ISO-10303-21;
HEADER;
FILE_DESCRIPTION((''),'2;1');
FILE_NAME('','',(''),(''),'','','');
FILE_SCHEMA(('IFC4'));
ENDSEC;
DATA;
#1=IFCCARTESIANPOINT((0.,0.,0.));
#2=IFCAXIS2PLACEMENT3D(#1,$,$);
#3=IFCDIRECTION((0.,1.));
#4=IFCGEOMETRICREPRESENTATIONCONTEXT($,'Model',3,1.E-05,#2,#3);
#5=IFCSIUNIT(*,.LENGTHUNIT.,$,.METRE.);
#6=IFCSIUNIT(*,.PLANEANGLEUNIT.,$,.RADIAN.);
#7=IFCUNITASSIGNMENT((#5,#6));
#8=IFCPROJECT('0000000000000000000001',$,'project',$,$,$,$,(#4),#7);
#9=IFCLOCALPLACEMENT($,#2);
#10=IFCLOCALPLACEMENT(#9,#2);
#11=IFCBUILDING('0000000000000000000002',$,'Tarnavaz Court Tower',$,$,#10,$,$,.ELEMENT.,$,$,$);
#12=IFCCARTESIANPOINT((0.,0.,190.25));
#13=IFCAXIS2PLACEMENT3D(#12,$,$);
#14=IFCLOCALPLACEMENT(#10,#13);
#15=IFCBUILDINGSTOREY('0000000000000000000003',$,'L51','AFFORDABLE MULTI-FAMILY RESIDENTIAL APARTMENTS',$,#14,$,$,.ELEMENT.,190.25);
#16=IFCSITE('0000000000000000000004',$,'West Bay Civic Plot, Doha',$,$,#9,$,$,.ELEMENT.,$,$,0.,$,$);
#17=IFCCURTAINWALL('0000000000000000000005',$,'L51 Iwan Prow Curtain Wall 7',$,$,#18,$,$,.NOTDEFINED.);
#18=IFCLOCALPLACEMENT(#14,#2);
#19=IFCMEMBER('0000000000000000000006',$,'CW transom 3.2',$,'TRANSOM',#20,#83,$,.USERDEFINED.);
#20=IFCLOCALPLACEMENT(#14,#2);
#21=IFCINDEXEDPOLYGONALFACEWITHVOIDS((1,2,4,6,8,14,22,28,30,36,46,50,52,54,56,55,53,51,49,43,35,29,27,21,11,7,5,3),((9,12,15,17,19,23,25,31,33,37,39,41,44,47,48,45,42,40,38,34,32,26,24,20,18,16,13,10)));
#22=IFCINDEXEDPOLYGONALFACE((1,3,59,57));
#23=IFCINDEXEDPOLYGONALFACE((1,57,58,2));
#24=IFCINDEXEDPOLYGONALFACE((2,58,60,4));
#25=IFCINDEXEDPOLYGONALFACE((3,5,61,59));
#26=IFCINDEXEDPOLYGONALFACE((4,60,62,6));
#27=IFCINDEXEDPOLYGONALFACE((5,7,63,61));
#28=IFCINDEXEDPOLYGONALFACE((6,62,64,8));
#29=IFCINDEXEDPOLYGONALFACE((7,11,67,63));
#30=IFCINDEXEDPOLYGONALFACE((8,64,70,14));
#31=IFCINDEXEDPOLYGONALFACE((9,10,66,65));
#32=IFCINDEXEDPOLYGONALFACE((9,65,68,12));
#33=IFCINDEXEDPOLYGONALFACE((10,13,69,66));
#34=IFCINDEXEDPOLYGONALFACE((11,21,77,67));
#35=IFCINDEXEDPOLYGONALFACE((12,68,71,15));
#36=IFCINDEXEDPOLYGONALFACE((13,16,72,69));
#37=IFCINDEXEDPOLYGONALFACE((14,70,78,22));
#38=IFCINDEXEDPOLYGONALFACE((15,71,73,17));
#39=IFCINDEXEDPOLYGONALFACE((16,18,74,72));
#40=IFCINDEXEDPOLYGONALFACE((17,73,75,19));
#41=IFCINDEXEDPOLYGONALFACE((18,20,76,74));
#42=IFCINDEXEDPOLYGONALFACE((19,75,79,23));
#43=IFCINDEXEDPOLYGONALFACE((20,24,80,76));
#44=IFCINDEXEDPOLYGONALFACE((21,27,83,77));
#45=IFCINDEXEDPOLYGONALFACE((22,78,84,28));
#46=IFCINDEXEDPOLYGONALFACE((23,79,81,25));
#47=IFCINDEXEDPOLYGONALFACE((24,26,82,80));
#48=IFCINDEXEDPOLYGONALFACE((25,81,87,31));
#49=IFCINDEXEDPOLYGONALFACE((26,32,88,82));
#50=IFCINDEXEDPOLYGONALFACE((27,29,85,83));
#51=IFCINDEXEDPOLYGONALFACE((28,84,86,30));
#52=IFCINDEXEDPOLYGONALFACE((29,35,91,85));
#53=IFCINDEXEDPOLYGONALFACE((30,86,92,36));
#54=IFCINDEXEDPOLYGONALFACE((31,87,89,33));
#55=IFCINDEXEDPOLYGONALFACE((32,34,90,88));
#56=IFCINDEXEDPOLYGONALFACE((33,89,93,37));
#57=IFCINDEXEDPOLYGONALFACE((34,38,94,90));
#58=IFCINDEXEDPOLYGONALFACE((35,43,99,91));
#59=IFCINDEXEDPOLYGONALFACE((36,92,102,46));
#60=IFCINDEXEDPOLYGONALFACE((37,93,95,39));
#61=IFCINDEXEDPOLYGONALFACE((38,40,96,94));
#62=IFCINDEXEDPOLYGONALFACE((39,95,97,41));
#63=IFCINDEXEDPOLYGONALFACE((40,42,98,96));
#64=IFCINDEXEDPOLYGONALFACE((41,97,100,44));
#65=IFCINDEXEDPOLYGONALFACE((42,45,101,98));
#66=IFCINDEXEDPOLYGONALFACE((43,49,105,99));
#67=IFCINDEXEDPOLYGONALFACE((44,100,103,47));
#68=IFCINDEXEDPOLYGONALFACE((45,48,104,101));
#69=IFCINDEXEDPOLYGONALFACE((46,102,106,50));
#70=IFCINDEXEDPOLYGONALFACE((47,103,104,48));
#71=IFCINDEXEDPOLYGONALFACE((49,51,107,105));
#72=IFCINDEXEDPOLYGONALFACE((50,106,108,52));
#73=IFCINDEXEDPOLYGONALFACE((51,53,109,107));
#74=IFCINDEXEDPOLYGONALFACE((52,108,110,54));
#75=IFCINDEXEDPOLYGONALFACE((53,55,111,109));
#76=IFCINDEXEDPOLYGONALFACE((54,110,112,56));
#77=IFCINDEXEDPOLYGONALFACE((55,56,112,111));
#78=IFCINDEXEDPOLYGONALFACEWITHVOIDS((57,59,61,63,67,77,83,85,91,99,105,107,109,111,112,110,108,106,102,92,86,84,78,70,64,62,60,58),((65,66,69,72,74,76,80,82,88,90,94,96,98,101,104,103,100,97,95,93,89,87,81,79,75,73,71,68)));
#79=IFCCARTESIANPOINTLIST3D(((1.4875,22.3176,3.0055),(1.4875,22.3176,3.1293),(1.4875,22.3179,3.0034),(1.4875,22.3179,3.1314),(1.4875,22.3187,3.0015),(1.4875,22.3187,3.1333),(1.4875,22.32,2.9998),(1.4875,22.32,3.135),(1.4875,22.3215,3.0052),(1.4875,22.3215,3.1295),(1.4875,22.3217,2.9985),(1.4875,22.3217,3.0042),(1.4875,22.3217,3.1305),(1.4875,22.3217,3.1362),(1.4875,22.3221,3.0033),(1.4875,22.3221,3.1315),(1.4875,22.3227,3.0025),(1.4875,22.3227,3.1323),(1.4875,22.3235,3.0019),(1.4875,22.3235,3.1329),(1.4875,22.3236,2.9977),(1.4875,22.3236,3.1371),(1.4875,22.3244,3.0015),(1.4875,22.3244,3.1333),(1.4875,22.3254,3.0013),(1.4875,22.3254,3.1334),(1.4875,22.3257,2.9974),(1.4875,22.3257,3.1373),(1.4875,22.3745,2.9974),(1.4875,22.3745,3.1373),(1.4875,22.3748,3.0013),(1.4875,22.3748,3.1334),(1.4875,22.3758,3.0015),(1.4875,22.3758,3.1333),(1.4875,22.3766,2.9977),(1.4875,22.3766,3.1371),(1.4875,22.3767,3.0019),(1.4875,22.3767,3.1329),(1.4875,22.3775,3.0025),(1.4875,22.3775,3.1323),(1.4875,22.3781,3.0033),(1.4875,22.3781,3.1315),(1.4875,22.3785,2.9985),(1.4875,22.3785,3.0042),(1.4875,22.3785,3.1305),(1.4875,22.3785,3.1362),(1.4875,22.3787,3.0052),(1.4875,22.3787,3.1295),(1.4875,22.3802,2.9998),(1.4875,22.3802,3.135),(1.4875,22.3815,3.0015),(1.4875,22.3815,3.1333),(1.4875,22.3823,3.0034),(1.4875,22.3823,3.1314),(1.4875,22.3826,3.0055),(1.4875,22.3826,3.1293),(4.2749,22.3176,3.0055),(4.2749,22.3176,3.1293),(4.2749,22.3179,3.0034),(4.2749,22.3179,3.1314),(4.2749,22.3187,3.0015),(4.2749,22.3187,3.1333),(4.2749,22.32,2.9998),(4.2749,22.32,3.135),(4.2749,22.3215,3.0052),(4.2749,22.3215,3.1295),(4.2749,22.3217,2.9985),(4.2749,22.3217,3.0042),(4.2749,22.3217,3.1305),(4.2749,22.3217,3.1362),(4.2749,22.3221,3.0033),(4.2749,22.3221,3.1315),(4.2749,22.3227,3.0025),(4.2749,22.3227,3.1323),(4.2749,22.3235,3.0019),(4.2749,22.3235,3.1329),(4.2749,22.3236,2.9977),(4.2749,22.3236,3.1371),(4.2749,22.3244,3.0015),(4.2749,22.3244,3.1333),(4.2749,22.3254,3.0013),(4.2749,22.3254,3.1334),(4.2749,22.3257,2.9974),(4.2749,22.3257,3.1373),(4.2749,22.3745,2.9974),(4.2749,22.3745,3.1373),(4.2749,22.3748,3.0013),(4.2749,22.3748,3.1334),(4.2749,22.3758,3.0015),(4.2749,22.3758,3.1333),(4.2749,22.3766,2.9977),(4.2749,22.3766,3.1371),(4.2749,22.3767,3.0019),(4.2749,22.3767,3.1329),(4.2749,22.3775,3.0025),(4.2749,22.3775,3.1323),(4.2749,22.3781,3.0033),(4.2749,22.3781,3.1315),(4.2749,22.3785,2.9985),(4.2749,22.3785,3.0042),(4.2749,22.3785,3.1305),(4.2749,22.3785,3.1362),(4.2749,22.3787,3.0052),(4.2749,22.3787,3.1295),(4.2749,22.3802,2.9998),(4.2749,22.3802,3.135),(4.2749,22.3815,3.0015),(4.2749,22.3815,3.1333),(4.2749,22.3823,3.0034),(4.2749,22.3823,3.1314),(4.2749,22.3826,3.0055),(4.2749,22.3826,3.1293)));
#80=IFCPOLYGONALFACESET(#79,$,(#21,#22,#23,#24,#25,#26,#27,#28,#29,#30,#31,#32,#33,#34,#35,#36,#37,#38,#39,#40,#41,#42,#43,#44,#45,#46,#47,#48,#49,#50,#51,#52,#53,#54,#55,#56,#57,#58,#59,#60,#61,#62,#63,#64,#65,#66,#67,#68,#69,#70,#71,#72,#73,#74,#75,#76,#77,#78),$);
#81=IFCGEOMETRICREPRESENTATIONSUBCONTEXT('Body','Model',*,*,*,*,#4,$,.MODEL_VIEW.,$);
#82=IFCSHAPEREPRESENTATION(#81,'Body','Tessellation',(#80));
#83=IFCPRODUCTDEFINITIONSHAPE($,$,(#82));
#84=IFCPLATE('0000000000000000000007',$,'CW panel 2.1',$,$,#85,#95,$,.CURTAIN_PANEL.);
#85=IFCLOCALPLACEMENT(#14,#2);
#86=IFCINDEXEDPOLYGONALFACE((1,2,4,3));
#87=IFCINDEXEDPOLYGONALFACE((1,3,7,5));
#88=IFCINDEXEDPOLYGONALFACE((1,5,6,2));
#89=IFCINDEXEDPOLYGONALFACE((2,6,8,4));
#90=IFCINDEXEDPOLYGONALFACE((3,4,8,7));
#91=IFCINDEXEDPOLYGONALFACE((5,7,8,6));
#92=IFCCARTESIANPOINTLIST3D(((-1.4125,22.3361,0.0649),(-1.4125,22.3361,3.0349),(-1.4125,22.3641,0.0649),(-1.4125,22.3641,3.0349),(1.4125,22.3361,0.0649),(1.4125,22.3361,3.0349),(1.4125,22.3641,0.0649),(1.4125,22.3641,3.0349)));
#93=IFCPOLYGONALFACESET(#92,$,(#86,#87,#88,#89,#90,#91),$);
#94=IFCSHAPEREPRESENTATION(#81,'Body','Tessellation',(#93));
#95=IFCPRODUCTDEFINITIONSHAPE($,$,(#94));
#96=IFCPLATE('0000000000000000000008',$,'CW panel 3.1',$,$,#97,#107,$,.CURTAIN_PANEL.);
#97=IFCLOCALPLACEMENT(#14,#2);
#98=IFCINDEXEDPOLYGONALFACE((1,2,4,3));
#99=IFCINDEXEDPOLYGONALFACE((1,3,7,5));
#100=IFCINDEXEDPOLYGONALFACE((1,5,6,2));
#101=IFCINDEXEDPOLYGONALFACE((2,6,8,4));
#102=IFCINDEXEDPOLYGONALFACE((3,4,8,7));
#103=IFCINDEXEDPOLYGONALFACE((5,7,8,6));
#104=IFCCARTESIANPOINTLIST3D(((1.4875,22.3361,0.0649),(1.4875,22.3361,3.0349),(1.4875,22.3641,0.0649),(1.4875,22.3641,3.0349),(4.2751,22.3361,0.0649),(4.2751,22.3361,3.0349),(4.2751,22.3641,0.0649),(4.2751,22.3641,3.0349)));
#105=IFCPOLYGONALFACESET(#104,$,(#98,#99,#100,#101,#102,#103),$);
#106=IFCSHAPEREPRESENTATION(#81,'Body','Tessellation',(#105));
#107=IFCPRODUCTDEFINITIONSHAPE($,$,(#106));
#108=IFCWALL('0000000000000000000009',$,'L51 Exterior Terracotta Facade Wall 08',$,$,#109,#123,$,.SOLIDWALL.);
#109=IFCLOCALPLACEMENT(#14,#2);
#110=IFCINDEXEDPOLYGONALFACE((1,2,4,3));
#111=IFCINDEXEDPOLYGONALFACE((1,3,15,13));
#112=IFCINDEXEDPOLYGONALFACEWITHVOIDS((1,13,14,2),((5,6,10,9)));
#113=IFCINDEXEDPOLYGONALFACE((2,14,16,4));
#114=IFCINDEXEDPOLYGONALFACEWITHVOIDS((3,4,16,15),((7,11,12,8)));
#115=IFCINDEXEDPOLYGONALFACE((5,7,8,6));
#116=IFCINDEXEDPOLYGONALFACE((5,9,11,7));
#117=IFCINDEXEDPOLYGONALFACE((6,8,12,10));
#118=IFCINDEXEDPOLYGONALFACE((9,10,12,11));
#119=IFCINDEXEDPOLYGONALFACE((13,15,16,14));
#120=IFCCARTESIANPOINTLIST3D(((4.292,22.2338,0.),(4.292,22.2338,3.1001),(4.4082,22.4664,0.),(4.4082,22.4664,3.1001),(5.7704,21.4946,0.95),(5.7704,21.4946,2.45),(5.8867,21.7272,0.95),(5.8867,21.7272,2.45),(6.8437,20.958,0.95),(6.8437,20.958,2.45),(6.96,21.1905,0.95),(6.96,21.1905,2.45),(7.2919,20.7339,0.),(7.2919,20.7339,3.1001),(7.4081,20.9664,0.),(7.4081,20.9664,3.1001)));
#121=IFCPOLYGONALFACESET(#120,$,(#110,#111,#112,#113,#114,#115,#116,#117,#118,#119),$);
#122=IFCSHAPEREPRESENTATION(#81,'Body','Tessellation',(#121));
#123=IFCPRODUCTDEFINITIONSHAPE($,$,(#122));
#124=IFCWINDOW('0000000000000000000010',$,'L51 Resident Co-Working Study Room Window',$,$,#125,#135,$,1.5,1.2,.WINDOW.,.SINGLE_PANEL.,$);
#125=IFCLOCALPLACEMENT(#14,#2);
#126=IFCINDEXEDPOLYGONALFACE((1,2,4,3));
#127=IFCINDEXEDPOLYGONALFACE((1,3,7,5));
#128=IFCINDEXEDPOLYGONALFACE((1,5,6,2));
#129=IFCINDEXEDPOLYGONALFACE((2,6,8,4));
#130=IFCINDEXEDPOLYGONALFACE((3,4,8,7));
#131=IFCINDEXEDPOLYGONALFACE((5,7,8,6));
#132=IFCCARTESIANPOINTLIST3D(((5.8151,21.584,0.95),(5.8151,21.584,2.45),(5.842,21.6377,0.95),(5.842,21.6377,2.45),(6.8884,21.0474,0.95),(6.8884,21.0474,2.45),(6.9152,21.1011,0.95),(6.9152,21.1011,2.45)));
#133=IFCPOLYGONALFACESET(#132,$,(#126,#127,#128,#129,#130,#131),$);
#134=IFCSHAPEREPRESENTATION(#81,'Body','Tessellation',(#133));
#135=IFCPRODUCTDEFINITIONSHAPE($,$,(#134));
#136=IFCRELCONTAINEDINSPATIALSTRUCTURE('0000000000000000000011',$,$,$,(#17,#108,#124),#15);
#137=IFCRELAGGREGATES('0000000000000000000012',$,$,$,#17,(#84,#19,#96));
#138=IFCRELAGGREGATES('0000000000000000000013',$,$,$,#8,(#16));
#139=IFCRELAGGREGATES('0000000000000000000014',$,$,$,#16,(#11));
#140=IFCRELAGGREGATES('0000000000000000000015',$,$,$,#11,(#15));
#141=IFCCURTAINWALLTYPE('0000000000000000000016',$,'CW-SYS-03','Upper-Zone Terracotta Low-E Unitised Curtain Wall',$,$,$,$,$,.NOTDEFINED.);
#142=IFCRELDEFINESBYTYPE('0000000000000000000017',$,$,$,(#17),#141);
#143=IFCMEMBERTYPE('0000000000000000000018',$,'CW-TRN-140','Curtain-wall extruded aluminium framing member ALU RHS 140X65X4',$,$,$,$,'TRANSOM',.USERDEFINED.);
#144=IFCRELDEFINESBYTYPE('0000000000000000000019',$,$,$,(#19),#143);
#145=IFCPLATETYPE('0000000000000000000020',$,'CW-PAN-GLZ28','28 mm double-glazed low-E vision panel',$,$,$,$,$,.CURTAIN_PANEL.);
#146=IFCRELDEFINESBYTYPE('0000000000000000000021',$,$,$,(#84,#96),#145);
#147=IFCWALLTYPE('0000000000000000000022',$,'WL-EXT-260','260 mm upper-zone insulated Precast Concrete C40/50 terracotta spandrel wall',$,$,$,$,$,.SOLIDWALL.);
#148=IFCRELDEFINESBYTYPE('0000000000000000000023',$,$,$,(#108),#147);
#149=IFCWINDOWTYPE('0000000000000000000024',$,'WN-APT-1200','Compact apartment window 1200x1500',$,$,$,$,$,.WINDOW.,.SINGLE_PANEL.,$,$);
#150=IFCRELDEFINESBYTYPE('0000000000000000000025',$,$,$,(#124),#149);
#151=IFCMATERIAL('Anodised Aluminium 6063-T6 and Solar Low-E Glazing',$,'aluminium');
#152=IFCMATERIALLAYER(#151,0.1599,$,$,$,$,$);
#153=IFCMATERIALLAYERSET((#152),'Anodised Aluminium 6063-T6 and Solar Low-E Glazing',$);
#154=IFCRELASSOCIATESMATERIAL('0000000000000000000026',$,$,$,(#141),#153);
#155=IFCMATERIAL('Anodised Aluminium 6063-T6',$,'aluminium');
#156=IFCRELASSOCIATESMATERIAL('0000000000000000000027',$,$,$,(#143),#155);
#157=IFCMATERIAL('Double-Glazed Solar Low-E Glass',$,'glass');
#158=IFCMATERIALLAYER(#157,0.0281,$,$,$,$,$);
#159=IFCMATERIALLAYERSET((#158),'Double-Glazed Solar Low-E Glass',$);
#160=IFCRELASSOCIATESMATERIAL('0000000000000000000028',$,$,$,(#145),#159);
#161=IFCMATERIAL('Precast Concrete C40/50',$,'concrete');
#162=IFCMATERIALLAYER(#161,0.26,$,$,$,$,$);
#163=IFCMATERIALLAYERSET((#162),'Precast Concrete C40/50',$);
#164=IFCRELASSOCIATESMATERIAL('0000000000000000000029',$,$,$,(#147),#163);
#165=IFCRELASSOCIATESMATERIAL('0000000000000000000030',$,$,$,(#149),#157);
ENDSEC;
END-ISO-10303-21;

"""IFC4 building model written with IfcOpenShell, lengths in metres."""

from ifc_helpers import new_model, si_unit, direction, frame, frame_2d, origin, origin_2d, place, context, subcontext, project, spatial, rectangle, hollow_rectangle, extrude, material, layer, layer_set, material_profile, profile_set, type_object, element, fill, aggregate, save


model = new_model("IFC4")

# Units and contexts
model_context = context("Model", 3, precision=1e-05, world=origin(), true_north=direction((0.0, 1.0)))
body_context = subcontext(model_context, "Body", "Model", "MODEL_VIEW")
ifc_project = project(units=[si_unit("LENGTHUNIT", "METRE"), si_unit("PLANEANGLEUNIT", "RADIAN")], contexts=[model_context])

# Site, building, storey
site_placement = place(None, origin())
site = spatial("IfcSite", under=ifc_project, at=site_placement, Name="West Bay Civic Plot, Doha", CompositionType="ELEMENT", RefElevation=0.0)
building_placement = place(site_placement, origin())
building = spatial("IfcBuilding", under=site, at=building_placement, Name="Tarnavaz Court Tower", CompositionType="ELEMENT")
storey_placement = place(building_placement, frame((0.0, 0.0, 190.25)))
storey = spatial("IfcBuildingStorey", under=building, at=storey_placement, Name="L51", Description="AFFORDABLE MULTI-FAMILY RESIDENTIAL APARTMENTS", CompositionType="ELEMENT", Elevation=190.25)

# Curtain wall, member, plates
ifc_material_1 = material(Name="Anodised Aluminium 6063-T6 and Solar Low-E Glazing", Category="aluminium")
ifc_layer_1 = layer(ifc_material_1, 0.1599)
ifc_layer_set_1 = layer_set([ifc_layer_1], Name="Anodised Aluminium 6063-T6 and Solar Low-E Glazing")
curtain_wall_type = type_object("IfcCurtainWallType", Name="CW-SYS-03", Description="Upper-Zone Terracotta Low-E Unitised Curtain Wall", PredefinedType="NOTDEFINED", material=ifc_layer_set_1)
curtain_wall_placement = place(storey_placement, origin())
curtain_wall = element("IfcCurtainWall", 1, at=curtain_wall_placement, inside=storey, type_object=curtain_wall_type, Name="L51 Iwan Prow Curtain Wall 7", PredefinedType="NOTDEFINED")
ifc_material_2 = material(Name="Anodised Aluminium 6063-T6", Category="aluminium")
ifc_material_profile_1 = material_profile(ifc_material_2, hollow_rectangle(XDim=0.0649, YDim=0.1399, WallThickness=0.0039, InnerFilletRadius=0.0039, OuterFilletRadius=0.0081, at=origin_2d()), Name="ALU RHS 140X65X4")
ifc_profile_set_1 = profile_set([ifc_material_profile_1], Name="Anodised Aluminium 6063-T6")
member_type_1 = type_object("IfcMemberType", Name="CW-TRN-140", Description="Curtain-wall extruded aluminium framing member ALU RHS 140X65X4", ElementType="TRANSOM", PredefinedType="USERDEFINED", material=ifc_profile_set_1)
member_1_placement = place(storey_placement, frame((1.4875, 22.3501, 3.0674), z_axis=(1.0, 0.0, 0.0), x_axis=(0.0, 1.0, 0.0)))
member_1 = element("IfcMember", 2, at=member_1_placement, type_object=member_type_1, Name="CW transom 3.2", ObjectType="TRANSOM", PredefinedType="USERDEFINED", context=body_context, shape_type="SweptSolid", body=[
    extrude(hollow_rectangle(XDim=0.0649, YDim=0.1399, WallThickness=0.0039, InnerFilletRadius=0.0039, OuterFilletRadius=0.0081, at=origin_2d()), origin(), (0.0, 0.0, 1.0), 2.7874),
])
ifc_material_3 = material(Name="Double-Glazed Solar Low-E Glass", Category="glass")
ifc_layer_2 = layer(ifc_material_3, 0.0281)
ifc_layer_set_2 = layer_set([ifc_layer_2], Name="Double-Glazed Solar Low-E Glass")
plate_type = type_object("IfcPlateType", Name="CW-PAN-GLZ28", Description="28 mm double-glazed low-E vision panel", PredefinedType="CURTAIN_PANEL", material=ifc_layer_set_2)
plate_1_placement = place(storey_placement, frame((0.0, 22.3501, 0.0649), z_axis=(0.0, 0.0, 1.0), x_axis=(1.0, 0.0, 0.0)))
plate_1 = element("IfcPlate", 3, at=plate_1_placement, type_object=plate_type, Name="CW panel 2.1", PredefinedType="CURTAIN_PANEL", context=body_context, shape_type="SweptSolid", body=[
    extrude(rectangle(XDim=2.825, YDim=0.0281, at=origin_2d()), origin(), (0.0, 0.0, 1.0), 2.97),
])
plate_2_placement = place(storey_placement, frame((2.8813, 22.3501, 0.0649), z_axis=(0.0, 0.0, 1.0), x_axis=(1.0, 0.0, 0.0)))
plate_2 = element("IfcPlate", 4, at=plate_2_placement, type_object=plate_type, Name="CW panel 3.1", PredefinedType="CURTAIN_PANEL", context=body_context, shape_type="SweptSolid", body=[
    extrude(rectangle(XDim=2.7876, YDim=0.0281, at=origin_2d()), origin(), (0.0, 0.0, 1.0), 2.97),
])
aggregate(curtain_wall, [plate_1, member_1, plate_2])

# Wall, opening, window
ifc_material_4 = material(Name="Precast Concrete C40/50", Category="concrete")
ifc_layer_3 = layer(ifc_material_4, 0.26)
ifc_layer_set_3 = layer_set([ifc_layer_3], Name="Precast Concrete C40/50")
wall_type = type_object("IfcWallType", Name="WL-EXT-260", Description="260 mm upper-zone insulated Precast Concrete C40/50 terracotta spandrel wall", PredefinedType="SOLIDWALL", material=ifc_layer_set_3)
wall_1_placement = place(storey_placement, frame((4.3501, 22.3501, 0.0), z_axis=(0.0, 0.0, 1.0), x_axis=(0.894427, -0.447214, 0.0)))
wall_1 = element("IfcWall", 5, at=wall_1_placement, inside=storey, type_object=wall_type, Name="L51 Exterior Terracotta Facade Wall 08", PredefinedType="SOLIDWALL", context=body_context, shape_type="SweptSolid", body=[
    extrude(rectangle(XDim=3.354, YDim=0.26, at=frame_2d((1.677, 0.0))), origin(), (0.0, 0.0, 1.0), 3.1001),
])
opening_1_placement = place(wall_1_placement, frame((1.6528, 0.0, 0.95)))
opening_1 = element("IfcOpeningElement", 6, at=opening_1_placement, cuts=wall_1, PredefinedType="OPENING", context=body_context, shape_type="SweptSolid", body=[
    extrude(rectangle(XDim=1.2, YDim=1.5, at=frame_2d((0.6001, 0.75))), frame((0.0, 0.1399, 0.0), z_axis=(0.0, -1.0, 0.0), x_axis=(1.0, 0.0, 0.0)), (0.0, 0.0, 1.0), 0.28),
])
window_type_1 = type_object("IfcWindowType", Name="WN-APT-1200", Description="Compact apartment window 1200x1500", PartitioningType="SINGLE_PANEL", PredefinedType="WINDOW", material=ifc_material_3)
window_1_placement = place(opening_1_placement, origin())
window_1 = element("IfcWindow", 7, at=window_1_placement, inside=storey, type_object=window_type_1, Name="L51 Resident Co-Working Study Room Window", OverallHeight=1.5, OverallWidth=1.2, PartitioningType="SINGLE_PANEL", PredefinedType="WINDOW", context=body_context, shape_type="SweptSolid", body=[
    extrude(rectangle(XDim=1.2, YDim=1.5, at=frame_2d((0.6001, 0.75))), frame((0.0, 0.03, 0.0), z_axis=(0.0, -1.0, 0.0), x_axis=(1.0, 0.0, 0.0)), (0.0, 0.0, 1.0), 0.0601),
])
fill(opening_1, window_1)

save(model, "model.ifc")
